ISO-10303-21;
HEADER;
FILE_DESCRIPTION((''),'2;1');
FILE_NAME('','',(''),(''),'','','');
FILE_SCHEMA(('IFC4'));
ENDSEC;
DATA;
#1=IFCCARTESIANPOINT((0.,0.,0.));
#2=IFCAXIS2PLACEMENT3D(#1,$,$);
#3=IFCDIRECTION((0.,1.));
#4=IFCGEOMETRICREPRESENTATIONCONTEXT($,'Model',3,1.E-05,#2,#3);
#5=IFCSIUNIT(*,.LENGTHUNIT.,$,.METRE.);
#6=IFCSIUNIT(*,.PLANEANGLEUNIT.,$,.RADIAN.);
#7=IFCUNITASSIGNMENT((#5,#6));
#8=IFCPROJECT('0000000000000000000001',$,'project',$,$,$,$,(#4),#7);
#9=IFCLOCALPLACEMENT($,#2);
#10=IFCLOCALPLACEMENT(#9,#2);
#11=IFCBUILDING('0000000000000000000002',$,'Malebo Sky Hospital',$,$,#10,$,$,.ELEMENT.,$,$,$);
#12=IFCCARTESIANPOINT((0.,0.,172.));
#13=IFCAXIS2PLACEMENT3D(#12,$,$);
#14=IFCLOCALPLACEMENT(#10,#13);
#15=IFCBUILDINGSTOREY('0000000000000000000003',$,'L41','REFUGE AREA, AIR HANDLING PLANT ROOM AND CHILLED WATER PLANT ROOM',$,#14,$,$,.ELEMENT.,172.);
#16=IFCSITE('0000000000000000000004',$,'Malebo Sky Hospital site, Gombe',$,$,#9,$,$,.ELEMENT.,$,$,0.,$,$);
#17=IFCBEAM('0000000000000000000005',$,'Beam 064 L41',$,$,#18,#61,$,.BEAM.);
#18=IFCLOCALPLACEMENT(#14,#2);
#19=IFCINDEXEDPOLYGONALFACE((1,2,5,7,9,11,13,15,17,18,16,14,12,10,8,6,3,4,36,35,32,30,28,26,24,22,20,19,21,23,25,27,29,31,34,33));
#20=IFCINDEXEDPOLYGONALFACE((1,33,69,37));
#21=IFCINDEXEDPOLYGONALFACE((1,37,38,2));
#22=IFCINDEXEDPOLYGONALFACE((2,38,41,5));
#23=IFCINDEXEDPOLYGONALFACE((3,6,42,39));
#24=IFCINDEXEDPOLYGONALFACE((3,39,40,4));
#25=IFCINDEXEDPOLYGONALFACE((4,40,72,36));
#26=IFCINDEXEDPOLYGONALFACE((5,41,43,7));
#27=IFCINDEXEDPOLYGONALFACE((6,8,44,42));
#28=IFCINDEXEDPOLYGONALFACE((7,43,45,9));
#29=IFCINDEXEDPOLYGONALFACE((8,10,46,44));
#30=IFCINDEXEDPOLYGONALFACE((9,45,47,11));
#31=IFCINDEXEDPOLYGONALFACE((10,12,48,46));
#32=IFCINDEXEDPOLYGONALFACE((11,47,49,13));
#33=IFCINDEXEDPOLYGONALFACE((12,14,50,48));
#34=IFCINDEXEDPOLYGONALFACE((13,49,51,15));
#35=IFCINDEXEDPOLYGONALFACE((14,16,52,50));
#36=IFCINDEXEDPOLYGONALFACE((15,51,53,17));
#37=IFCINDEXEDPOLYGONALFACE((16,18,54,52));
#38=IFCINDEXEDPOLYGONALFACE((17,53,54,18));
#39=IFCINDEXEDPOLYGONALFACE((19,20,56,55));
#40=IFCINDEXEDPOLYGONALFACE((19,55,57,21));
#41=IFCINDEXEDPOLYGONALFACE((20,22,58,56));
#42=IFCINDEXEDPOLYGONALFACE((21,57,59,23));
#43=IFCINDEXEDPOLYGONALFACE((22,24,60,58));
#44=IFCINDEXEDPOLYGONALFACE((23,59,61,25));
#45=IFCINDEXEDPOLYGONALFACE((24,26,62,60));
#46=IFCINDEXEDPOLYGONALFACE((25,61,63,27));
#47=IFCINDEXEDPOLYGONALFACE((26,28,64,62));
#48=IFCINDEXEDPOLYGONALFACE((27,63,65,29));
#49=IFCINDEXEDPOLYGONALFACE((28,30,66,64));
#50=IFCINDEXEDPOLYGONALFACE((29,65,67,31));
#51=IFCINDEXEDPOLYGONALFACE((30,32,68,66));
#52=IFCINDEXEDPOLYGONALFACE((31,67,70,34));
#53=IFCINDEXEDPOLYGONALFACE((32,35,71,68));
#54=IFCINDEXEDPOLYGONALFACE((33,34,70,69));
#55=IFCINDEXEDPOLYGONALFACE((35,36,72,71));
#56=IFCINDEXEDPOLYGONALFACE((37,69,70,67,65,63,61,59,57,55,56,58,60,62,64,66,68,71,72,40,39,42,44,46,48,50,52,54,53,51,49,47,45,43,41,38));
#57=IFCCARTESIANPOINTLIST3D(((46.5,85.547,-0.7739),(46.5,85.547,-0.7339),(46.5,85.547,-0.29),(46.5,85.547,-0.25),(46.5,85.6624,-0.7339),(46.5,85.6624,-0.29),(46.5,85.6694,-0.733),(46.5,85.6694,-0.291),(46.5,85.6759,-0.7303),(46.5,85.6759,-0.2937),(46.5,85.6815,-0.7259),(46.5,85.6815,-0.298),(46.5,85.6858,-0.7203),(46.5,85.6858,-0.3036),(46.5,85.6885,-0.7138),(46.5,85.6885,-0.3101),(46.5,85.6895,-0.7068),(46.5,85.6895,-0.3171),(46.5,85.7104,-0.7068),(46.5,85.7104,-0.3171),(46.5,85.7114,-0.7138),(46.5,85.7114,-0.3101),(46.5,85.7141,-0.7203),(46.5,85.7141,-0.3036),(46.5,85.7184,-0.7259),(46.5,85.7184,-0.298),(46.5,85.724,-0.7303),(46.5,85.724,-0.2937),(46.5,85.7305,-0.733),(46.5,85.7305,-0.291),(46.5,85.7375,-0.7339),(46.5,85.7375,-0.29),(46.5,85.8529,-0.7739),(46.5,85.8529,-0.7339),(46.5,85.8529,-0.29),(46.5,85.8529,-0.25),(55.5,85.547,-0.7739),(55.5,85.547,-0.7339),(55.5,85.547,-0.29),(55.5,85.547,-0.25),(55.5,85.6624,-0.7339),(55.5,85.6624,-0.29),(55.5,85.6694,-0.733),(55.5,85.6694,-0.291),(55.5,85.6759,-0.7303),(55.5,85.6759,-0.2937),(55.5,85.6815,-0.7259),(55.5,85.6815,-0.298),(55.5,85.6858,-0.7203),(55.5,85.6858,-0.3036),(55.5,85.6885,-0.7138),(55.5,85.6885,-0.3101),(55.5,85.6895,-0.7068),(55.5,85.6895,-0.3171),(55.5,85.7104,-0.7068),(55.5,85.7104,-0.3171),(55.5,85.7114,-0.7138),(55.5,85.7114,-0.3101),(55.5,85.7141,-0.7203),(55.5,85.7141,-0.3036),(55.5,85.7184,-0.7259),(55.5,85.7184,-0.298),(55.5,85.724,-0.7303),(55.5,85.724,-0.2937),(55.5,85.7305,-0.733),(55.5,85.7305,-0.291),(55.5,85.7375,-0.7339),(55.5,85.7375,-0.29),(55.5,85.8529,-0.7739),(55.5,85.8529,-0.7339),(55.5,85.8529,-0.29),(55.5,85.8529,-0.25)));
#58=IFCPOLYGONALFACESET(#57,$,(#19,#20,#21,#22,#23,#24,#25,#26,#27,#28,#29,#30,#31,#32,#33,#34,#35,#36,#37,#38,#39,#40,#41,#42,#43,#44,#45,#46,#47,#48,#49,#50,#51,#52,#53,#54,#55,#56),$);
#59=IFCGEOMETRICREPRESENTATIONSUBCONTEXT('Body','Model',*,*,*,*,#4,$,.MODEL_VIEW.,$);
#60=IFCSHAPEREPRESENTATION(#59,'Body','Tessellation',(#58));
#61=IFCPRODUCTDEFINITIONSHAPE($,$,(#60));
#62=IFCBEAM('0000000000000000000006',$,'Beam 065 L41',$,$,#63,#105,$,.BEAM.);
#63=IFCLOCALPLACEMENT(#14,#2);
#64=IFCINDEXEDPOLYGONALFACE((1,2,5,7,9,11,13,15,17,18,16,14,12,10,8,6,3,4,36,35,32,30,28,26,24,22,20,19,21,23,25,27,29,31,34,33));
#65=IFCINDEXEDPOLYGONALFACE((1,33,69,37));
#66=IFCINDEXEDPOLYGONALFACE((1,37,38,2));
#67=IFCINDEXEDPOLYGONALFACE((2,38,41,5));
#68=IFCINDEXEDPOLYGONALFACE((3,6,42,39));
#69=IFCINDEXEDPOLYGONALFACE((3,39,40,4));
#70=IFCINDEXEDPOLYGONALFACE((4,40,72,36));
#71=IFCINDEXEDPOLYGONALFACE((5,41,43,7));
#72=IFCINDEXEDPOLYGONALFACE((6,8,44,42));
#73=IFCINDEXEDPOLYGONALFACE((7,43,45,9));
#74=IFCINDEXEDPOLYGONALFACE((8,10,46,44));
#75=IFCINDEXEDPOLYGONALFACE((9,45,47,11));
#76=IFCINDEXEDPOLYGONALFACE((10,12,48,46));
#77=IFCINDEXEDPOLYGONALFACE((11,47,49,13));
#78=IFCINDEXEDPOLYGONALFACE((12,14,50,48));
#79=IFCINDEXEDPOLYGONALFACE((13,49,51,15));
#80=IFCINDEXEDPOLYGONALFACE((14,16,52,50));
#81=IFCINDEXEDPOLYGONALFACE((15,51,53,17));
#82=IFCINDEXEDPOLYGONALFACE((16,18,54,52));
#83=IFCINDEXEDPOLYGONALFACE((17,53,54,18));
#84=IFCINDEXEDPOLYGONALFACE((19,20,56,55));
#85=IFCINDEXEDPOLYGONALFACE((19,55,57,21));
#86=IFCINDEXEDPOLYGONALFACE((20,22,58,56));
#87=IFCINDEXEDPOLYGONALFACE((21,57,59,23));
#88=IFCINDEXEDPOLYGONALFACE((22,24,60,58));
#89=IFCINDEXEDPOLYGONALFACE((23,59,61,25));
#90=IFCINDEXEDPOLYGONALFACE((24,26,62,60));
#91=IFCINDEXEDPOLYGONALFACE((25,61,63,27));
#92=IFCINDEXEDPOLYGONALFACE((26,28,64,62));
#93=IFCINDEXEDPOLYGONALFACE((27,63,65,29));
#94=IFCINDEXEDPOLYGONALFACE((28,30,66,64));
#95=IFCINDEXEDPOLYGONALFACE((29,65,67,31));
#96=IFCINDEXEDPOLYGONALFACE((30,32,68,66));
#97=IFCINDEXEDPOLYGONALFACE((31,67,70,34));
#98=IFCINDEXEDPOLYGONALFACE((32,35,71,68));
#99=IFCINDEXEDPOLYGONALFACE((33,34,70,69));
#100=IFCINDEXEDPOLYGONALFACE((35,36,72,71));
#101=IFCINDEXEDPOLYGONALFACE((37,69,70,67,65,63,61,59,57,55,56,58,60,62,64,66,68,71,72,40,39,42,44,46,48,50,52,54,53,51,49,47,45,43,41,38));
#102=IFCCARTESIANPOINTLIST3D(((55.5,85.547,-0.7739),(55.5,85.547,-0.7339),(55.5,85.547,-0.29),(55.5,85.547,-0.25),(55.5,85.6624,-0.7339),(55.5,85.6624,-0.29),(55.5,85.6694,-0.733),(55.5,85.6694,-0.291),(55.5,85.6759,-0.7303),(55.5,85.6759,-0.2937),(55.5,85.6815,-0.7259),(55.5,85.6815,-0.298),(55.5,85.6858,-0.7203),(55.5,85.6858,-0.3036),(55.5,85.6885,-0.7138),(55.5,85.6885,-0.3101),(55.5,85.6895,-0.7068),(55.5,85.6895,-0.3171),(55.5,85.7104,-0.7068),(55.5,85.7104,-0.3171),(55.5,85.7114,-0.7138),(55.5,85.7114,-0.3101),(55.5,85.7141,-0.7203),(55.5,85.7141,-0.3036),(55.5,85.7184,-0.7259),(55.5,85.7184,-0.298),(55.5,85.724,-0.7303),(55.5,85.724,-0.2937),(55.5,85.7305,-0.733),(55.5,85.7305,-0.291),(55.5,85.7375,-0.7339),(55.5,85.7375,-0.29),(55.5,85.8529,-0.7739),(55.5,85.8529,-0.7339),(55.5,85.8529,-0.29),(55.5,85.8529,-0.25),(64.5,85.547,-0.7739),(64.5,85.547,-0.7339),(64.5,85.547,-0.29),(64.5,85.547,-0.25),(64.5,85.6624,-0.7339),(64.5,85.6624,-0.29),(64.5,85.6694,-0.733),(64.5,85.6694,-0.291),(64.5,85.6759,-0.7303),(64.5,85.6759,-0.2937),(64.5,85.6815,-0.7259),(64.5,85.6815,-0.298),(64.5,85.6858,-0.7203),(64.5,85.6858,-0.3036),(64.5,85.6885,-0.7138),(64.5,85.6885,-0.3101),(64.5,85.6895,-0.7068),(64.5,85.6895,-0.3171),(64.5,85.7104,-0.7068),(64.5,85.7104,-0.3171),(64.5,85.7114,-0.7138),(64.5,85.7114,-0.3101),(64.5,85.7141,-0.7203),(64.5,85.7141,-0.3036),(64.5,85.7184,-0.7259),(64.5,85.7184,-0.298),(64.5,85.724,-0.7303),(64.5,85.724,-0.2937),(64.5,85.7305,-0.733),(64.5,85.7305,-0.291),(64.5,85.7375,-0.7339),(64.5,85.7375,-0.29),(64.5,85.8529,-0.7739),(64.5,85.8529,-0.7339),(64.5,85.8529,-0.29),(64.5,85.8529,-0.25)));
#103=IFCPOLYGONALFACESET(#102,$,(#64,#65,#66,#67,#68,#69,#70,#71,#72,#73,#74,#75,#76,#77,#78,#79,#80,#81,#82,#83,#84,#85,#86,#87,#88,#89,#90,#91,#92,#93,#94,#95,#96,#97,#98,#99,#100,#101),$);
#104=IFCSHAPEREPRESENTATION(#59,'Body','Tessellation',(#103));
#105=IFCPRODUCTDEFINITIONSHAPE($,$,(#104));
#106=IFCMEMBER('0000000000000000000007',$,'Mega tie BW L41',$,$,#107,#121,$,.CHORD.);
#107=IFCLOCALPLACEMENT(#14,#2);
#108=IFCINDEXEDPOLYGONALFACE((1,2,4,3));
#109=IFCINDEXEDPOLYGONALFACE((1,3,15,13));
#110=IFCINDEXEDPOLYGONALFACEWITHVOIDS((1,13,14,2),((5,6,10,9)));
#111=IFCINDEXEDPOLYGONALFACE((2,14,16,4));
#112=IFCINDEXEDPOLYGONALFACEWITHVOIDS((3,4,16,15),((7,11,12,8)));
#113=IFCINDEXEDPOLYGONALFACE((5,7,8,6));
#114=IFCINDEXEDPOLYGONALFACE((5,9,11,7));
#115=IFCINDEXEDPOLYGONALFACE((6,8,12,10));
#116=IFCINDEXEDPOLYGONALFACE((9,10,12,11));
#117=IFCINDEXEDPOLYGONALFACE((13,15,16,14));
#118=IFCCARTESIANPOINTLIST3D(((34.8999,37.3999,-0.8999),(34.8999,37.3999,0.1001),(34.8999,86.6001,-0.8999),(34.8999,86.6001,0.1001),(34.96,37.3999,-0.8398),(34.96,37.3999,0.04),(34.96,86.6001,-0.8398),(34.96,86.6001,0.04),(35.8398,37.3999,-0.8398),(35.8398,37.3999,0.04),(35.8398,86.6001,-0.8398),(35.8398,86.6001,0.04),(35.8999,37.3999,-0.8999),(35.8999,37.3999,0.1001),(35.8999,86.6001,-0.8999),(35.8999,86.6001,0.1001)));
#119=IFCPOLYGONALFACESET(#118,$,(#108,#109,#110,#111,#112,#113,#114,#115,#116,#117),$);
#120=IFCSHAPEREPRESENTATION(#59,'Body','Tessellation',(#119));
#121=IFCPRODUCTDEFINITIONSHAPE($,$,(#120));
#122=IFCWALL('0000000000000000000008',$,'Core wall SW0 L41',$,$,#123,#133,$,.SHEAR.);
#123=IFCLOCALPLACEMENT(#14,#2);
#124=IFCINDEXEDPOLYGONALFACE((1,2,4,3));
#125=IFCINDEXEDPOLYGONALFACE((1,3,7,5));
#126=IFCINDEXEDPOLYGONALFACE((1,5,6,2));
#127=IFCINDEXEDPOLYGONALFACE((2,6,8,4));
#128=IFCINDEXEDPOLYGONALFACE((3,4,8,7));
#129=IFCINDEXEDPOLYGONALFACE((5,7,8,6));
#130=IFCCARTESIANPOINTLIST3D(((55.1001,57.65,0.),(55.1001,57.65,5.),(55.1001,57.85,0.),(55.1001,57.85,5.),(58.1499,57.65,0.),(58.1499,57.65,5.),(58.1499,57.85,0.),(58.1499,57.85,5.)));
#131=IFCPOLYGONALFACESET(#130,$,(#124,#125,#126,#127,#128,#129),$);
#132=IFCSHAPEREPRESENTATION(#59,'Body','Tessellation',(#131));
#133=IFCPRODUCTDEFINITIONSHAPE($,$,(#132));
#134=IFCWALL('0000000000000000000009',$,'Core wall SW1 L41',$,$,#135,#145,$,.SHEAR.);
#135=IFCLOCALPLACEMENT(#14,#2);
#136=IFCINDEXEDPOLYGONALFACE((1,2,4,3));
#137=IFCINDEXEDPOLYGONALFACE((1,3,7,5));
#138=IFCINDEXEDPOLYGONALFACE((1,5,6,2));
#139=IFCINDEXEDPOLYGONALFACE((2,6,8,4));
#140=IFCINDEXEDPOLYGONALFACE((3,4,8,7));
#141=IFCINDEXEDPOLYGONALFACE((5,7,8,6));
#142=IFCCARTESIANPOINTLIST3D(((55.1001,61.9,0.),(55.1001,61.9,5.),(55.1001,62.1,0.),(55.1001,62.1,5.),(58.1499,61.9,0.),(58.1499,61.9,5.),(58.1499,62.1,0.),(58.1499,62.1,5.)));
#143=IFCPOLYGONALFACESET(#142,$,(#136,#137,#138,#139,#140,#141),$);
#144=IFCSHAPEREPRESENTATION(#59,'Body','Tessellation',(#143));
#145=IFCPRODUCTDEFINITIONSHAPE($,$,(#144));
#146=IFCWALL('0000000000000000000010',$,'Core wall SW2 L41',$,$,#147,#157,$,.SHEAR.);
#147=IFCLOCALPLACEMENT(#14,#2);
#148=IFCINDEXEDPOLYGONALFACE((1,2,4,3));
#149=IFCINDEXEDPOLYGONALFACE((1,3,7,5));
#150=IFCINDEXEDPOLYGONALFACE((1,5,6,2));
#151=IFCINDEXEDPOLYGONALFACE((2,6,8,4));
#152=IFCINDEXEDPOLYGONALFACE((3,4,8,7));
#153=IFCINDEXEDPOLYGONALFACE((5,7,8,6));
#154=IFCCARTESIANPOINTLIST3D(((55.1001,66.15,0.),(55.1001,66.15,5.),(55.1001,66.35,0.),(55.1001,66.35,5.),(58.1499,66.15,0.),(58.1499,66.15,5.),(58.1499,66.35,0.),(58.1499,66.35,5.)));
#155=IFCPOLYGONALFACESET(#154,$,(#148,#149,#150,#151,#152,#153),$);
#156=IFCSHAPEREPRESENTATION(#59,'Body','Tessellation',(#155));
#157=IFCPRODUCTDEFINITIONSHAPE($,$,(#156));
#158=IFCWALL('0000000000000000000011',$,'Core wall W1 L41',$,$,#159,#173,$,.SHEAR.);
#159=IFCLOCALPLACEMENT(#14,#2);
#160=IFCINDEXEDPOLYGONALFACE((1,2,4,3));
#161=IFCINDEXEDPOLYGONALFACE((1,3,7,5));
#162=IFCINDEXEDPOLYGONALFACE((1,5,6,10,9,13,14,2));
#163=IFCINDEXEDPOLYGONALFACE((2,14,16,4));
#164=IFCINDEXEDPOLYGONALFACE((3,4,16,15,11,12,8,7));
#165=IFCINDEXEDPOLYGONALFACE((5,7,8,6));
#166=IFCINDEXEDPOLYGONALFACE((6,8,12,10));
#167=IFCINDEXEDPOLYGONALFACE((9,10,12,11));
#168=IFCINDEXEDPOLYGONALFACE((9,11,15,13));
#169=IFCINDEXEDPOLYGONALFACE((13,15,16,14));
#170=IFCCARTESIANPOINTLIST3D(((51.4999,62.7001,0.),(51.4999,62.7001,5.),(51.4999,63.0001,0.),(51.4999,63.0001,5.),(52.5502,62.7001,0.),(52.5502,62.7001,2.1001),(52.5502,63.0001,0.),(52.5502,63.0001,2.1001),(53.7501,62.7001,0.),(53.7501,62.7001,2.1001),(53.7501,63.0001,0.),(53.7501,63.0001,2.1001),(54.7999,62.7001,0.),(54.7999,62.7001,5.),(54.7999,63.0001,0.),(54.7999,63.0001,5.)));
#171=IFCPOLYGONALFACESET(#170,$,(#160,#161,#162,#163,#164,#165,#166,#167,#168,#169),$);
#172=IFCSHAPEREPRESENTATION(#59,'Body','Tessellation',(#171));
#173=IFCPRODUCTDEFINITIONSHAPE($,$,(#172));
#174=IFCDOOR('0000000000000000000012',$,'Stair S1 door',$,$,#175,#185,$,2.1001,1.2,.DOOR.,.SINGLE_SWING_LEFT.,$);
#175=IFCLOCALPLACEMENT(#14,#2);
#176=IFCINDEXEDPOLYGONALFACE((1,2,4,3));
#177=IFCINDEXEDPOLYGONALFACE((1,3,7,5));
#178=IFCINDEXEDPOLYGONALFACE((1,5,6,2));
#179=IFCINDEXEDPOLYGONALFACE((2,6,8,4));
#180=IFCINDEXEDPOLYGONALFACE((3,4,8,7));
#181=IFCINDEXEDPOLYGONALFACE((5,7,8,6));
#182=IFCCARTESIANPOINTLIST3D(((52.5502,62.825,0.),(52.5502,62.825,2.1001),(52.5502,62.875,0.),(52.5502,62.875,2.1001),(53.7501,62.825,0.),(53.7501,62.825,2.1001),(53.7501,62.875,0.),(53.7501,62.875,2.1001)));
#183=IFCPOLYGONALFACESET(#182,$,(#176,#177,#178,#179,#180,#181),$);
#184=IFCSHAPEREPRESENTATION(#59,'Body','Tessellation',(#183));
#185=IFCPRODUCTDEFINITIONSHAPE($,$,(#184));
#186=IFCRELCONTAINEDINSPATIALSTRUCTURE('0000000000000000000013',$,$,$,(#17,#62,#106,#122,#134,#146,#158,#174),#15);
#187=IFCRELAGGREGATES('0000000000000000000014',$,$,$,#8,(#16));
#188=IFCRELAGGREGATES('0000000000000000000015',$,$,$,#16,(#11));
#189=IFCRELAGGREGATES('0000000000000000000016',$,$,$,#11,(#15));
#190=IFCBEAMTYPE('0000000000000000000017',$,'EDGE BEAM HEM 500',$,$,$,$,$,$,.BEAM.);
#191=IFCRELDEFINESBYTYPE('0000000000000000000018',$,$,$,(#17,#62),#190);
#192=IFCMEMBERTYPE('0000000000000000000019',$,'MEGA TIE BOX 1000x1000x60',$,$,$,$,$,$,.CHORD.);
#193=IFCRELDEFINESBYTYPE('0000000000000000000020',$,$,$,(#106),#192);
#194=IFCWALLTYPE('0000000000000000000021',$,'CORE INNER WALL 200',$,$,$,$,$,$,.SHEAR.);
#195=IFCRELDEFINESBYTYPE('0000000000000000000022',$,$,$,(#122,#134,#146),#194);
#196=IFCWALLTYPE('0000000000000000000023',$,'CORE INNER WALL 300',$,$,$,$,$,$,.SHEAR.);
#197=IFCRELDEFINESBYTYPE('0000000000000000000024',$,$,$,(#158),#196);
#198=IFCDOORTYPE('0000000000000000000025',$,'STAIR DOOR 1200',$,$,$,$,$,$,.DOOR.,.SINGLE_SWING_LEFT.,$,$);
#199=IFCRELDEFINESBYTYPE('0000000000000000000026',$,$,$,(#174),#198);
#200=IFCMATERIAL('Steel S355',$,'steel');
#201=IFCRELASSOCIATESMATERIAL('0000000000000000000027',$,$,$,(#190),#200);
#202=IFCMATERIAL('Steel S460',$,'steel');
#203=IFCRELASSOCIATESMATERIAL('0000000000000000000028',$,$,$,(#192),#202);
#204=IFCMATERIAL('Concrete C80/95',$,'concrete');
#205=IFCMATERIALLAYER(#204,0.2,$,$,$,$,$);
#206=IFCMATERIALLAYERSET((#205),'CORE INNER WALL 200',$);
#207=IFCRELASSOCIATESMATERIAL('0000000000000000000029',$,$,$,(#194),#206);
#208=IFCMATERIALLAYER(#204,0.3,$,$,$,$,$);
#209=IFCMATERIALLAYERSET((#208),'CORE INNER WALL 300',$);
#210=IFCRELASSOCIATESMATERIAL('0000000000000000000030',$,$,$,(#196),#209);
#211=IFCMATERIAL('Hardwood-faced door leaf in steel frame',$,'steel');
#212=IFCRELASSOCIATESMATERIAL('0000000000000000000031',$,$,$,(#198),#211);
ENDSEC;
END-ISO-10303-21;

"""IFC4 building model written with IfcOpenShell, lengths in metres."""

from ifc_helpers import new_model, si_unit, direction, frame, frame_2d, origin, origin_2d, place, context, subcontext, project, spatial, rectangle, hollow_rectangle, i_section, extrude, material, layer, layer_set, material_profile, profile_set, type_object, element, fill, save


model = new_model("IFC4")

# Units and contexts
model_context = context("Model", 3, precision=1e-05, world=origin(), true_north=direction((0.0, 1.0)))
body_context = subcontext(model_context, "Body", "Model", "MODEL_VIEW")
ifc_project = project(units=[si_unit("LENGTHUNIT", "METRE"), si_unit("PLANEANGLEUNIT", "RADIAN")], contexts=[model_context])

# Site, building, storey
site_placement = place(None, origin())
site = spatial("IfcSite", under=ifc_project, at=site_placement, Name="Malebo Sky Hospital site, Gombe", CompositionType="ELEMENT", RefElevation=0.0)
building_placement = place(site_placement, origin())
building = spatial("IfcBuilding", under=site, at=building_placement, Name="Malebo Sky Hospital", CompositionType="ELEMENT")
storey_placement = place(building_placement, frame((0.0, 0.0, 172.0)))
storey = spatial("IfcBuildingStorey", under=building, at=storey_placement, Name="L41", Description="REFUGE AREA, AIR HANDLING PLANT ROOM AND CHILLED WATER PLANT ROOM", CompositionType="ELEMENT", Elevation=172.0)

# Shared definitions
ifc_material_1 = material(Name="Steel S460", Category="steel")

# Beams
ifc_material_2 = material(Name="Steel S355", Category="steel")
ifc_material_profile_1 = material_profile(ifc_material_2, i_section(OverallWidth=0.3059, OverallDepth=0.5239, WebThickness=0.021, FlangeThickness=0.04, FilletRadius=0.0271, at=origin_2d()), Name="HEM 500")
ifc_profile_set_1 = profile_set([ifc_material_profile_1], Name="Steel S355")
beam_type = type_object("IfcBeamType", Name="EDGE BEAM HEM 500", PredefinedType="BEAM", material=ifc_profile_set_1)
for number, where, z_axis, x_axis, name in (
    (1, (46.5, 85.7, -0.512), (1.0, 0.0, 0.0), (0.0, 1.0, 0.0), "Beam 064 L41"),
    (2, (55.5, 85.7, -0.512), (1.0, 0.0, 0.0), (0.0, 1.0, 0.0), "Beam 065 L41"),
):
    element("IfcBeam", number, at=place(storey_placement, frame(where, z_axis=z_axis, x_axis=x_axis)), inside=storey, type_object=beam_type, Name=name, PredefinedType="BEAM", context=body_context, shape_type="SweptSolid", body=[
        extrude(i_section(OverallWidth=0.3059, OverallDepth=0.5239, WebThickness=0.021, FlangeThickness=0.04, FilletRadius=0.0271, at=origin_2d()), origin(), (0.0, 0.0, 1.0), 9.0),
    ])

# Member
ifc_material_profile_2 = material_profile(ifc_material_1, hollow_rectangle(XDim=1.0, YDim=1.0, WallThickness=0.0601, at=origin_2d()), Name="BOX 1000x1000x60")
ifc_profile_set_2 = profile_set([ifc_material_profile_2], Name="Steel S460")
member_type_1 = type_object("IfcMemberType", Name="MEGA TIE BOX 1000x1000x60", PredefinedType="CHORD", material=ifc_profile_set_2)
member_1_placement = place(storey_placement, frame((35.3999, 86.6001, -0.3999), z_axis=(0.0, -1.0, 0.0), x_axis=(1.0, 0.0, 0.0)))
element("IfcMember", 3, at=member_1_placement, inside=storey, type_object=member_type_1, Name="Mega tie BW L41", PredefinedType="CHORD", context=body_context, shape_type="SweptSolid", body=[
    extrude(hollow_rectangle(XDim=1.0, YDim=1.0, WallThickness=0.0601, at=origin_2d()), origin(), (0.0, 0.0, 1.0), 49.2002),
])

# Walls
ifc_material_3 = material(Name="Concrete C80/95", Category="concrete")
ifc_layer_1 = layer(ifc_material_3, 0.2)
ifc_layer_set_1 = layer_set([ifc_layer_1], Name="CORE INNER WALL 200")
wall_type_1 = type_object("IfcWallType", Name="CORE INNER WALL 200", PredefinedType="SHEAR", material=ifc_layer_set_1)
for number, where, z_axis, x_axis, name in (
    (4, (55.1001, 57.75, 0.0), (0.0, 0.0, 1.0), (1.0, 0.0, 0.0), "Core wall SW0 L41"),
    (5, (55.1001, 62.0, 0.0), (0.0, 0.0, 1.0), (1.0, 0.0, 0.0), "Core wall SW1 L41"),
    (6, (55.1001, 66.25, 0.0), (0.0, 0.0, 1.0), (1.0, 0.0, 0.0), "Core wall SW2 L41"),
):
    element("IfcWall", number, at=place(storey_placement, frame(where, z_axis=z_axis, x_axis=x_axis)), inside=storey, type_object=wall_type_1, Name=name, PredefinedType="SHEAR", context=body_context, shape_type="SweptSolid", body=[
        extrude(rectangle(XDim=3.0498, YDim=0.2, at=frame_2d((1.5249, 0.0))), origin(), (0.0, 0.0, 1.0), 5.0),
    ])

# Wall, opening, door
ifc_layer_2 = layer(ifc_material_3, 0.3)
ifc_layer_set_2 = layer_set([ifc_layer_2], Name="CORE INNER WALL 300")
wall_type_2 = type_object("IfcWallType", Name="CORE INNER WALL 300", PredefinedType="SHEAR", material=ifc_layer_set_2)
wall_1_placement = place(storey_placement, frame((51.5, 62.8501, 0.0), z_axis=(0.0, 0.0, 1.0), x_axis=(1.0, 0.0, 0.0)))
wall_1 = element("IfcWall", 7, at=wall_1_placement, inside=storey, type_object=wall_type_2, Name="Core wall W1 L41", PredefinedType="SHEAR", context=body_context, shape_type="SweptSolid", body=[
    extrude(rectangle(XDim=3.3, YDim=0.3, at=frame_2d((1.6499, 0.0))), origin(), (0.0, 0.0, 1.0), 5.0),
])
opening_1_placement = place(wall_1_placement, frame((1.05, 0.0, 0.0)))
opening_1 = element("IfcOpeningElement", 8, at=opening_1_placement, cuts=wall_1, PredefinedType="OPENING", context=body_context, shape_type="SweptSolid", body=[
    extrude(rectangle(XDim=1.2, YDim=2.1001, at=frame_2d((0.6001, 1.05))), frame((0.0, 0.1599, 0.0), z_axis=(0.0, -1.0, 0.0), x_axis=(1.0, 0.0, 0.0)), (0.0, 0.0, 1.0), 0.3201),
])
ifc_material_4 = material(Name="Hardwood-faced door leaf in steel frame", Category="steel")
door_type_1 = type_object("IfcDoorType", Name="STAIR DOOR 1200", OperationType="SINGLE_SWING_LEFT", PredefinedType="DOOR", material=ifc_material_4)
door_1_placement = place(opening_1_placement, origin())
door_1 = element("IfcDoor", 9, at=door_1_placement, inside=storey, type_object=door_type_1, Name="Stair S1 door", OperationType="SINGLE_SWING_LEFT", OverallHeight=2.1001, OverallWidth=1.2, PredefinedType="DOOR", context=body_context, shape_type="SweptSolid", body=[
    extrude(rectangle(XDim=1.2, YDim=2.1001, at=frame_2d((0.6001, 1.05))), frame((0.0, 0.0249, 0.0), z_axis=(0.0, -1.0, 0.0), x_axis=(1.0, 0.0, 0.0)), (0.0, 0.0, 1.0), 0.05),
])
fill(opening_1, door_1)

save(model, "model.ifc")
